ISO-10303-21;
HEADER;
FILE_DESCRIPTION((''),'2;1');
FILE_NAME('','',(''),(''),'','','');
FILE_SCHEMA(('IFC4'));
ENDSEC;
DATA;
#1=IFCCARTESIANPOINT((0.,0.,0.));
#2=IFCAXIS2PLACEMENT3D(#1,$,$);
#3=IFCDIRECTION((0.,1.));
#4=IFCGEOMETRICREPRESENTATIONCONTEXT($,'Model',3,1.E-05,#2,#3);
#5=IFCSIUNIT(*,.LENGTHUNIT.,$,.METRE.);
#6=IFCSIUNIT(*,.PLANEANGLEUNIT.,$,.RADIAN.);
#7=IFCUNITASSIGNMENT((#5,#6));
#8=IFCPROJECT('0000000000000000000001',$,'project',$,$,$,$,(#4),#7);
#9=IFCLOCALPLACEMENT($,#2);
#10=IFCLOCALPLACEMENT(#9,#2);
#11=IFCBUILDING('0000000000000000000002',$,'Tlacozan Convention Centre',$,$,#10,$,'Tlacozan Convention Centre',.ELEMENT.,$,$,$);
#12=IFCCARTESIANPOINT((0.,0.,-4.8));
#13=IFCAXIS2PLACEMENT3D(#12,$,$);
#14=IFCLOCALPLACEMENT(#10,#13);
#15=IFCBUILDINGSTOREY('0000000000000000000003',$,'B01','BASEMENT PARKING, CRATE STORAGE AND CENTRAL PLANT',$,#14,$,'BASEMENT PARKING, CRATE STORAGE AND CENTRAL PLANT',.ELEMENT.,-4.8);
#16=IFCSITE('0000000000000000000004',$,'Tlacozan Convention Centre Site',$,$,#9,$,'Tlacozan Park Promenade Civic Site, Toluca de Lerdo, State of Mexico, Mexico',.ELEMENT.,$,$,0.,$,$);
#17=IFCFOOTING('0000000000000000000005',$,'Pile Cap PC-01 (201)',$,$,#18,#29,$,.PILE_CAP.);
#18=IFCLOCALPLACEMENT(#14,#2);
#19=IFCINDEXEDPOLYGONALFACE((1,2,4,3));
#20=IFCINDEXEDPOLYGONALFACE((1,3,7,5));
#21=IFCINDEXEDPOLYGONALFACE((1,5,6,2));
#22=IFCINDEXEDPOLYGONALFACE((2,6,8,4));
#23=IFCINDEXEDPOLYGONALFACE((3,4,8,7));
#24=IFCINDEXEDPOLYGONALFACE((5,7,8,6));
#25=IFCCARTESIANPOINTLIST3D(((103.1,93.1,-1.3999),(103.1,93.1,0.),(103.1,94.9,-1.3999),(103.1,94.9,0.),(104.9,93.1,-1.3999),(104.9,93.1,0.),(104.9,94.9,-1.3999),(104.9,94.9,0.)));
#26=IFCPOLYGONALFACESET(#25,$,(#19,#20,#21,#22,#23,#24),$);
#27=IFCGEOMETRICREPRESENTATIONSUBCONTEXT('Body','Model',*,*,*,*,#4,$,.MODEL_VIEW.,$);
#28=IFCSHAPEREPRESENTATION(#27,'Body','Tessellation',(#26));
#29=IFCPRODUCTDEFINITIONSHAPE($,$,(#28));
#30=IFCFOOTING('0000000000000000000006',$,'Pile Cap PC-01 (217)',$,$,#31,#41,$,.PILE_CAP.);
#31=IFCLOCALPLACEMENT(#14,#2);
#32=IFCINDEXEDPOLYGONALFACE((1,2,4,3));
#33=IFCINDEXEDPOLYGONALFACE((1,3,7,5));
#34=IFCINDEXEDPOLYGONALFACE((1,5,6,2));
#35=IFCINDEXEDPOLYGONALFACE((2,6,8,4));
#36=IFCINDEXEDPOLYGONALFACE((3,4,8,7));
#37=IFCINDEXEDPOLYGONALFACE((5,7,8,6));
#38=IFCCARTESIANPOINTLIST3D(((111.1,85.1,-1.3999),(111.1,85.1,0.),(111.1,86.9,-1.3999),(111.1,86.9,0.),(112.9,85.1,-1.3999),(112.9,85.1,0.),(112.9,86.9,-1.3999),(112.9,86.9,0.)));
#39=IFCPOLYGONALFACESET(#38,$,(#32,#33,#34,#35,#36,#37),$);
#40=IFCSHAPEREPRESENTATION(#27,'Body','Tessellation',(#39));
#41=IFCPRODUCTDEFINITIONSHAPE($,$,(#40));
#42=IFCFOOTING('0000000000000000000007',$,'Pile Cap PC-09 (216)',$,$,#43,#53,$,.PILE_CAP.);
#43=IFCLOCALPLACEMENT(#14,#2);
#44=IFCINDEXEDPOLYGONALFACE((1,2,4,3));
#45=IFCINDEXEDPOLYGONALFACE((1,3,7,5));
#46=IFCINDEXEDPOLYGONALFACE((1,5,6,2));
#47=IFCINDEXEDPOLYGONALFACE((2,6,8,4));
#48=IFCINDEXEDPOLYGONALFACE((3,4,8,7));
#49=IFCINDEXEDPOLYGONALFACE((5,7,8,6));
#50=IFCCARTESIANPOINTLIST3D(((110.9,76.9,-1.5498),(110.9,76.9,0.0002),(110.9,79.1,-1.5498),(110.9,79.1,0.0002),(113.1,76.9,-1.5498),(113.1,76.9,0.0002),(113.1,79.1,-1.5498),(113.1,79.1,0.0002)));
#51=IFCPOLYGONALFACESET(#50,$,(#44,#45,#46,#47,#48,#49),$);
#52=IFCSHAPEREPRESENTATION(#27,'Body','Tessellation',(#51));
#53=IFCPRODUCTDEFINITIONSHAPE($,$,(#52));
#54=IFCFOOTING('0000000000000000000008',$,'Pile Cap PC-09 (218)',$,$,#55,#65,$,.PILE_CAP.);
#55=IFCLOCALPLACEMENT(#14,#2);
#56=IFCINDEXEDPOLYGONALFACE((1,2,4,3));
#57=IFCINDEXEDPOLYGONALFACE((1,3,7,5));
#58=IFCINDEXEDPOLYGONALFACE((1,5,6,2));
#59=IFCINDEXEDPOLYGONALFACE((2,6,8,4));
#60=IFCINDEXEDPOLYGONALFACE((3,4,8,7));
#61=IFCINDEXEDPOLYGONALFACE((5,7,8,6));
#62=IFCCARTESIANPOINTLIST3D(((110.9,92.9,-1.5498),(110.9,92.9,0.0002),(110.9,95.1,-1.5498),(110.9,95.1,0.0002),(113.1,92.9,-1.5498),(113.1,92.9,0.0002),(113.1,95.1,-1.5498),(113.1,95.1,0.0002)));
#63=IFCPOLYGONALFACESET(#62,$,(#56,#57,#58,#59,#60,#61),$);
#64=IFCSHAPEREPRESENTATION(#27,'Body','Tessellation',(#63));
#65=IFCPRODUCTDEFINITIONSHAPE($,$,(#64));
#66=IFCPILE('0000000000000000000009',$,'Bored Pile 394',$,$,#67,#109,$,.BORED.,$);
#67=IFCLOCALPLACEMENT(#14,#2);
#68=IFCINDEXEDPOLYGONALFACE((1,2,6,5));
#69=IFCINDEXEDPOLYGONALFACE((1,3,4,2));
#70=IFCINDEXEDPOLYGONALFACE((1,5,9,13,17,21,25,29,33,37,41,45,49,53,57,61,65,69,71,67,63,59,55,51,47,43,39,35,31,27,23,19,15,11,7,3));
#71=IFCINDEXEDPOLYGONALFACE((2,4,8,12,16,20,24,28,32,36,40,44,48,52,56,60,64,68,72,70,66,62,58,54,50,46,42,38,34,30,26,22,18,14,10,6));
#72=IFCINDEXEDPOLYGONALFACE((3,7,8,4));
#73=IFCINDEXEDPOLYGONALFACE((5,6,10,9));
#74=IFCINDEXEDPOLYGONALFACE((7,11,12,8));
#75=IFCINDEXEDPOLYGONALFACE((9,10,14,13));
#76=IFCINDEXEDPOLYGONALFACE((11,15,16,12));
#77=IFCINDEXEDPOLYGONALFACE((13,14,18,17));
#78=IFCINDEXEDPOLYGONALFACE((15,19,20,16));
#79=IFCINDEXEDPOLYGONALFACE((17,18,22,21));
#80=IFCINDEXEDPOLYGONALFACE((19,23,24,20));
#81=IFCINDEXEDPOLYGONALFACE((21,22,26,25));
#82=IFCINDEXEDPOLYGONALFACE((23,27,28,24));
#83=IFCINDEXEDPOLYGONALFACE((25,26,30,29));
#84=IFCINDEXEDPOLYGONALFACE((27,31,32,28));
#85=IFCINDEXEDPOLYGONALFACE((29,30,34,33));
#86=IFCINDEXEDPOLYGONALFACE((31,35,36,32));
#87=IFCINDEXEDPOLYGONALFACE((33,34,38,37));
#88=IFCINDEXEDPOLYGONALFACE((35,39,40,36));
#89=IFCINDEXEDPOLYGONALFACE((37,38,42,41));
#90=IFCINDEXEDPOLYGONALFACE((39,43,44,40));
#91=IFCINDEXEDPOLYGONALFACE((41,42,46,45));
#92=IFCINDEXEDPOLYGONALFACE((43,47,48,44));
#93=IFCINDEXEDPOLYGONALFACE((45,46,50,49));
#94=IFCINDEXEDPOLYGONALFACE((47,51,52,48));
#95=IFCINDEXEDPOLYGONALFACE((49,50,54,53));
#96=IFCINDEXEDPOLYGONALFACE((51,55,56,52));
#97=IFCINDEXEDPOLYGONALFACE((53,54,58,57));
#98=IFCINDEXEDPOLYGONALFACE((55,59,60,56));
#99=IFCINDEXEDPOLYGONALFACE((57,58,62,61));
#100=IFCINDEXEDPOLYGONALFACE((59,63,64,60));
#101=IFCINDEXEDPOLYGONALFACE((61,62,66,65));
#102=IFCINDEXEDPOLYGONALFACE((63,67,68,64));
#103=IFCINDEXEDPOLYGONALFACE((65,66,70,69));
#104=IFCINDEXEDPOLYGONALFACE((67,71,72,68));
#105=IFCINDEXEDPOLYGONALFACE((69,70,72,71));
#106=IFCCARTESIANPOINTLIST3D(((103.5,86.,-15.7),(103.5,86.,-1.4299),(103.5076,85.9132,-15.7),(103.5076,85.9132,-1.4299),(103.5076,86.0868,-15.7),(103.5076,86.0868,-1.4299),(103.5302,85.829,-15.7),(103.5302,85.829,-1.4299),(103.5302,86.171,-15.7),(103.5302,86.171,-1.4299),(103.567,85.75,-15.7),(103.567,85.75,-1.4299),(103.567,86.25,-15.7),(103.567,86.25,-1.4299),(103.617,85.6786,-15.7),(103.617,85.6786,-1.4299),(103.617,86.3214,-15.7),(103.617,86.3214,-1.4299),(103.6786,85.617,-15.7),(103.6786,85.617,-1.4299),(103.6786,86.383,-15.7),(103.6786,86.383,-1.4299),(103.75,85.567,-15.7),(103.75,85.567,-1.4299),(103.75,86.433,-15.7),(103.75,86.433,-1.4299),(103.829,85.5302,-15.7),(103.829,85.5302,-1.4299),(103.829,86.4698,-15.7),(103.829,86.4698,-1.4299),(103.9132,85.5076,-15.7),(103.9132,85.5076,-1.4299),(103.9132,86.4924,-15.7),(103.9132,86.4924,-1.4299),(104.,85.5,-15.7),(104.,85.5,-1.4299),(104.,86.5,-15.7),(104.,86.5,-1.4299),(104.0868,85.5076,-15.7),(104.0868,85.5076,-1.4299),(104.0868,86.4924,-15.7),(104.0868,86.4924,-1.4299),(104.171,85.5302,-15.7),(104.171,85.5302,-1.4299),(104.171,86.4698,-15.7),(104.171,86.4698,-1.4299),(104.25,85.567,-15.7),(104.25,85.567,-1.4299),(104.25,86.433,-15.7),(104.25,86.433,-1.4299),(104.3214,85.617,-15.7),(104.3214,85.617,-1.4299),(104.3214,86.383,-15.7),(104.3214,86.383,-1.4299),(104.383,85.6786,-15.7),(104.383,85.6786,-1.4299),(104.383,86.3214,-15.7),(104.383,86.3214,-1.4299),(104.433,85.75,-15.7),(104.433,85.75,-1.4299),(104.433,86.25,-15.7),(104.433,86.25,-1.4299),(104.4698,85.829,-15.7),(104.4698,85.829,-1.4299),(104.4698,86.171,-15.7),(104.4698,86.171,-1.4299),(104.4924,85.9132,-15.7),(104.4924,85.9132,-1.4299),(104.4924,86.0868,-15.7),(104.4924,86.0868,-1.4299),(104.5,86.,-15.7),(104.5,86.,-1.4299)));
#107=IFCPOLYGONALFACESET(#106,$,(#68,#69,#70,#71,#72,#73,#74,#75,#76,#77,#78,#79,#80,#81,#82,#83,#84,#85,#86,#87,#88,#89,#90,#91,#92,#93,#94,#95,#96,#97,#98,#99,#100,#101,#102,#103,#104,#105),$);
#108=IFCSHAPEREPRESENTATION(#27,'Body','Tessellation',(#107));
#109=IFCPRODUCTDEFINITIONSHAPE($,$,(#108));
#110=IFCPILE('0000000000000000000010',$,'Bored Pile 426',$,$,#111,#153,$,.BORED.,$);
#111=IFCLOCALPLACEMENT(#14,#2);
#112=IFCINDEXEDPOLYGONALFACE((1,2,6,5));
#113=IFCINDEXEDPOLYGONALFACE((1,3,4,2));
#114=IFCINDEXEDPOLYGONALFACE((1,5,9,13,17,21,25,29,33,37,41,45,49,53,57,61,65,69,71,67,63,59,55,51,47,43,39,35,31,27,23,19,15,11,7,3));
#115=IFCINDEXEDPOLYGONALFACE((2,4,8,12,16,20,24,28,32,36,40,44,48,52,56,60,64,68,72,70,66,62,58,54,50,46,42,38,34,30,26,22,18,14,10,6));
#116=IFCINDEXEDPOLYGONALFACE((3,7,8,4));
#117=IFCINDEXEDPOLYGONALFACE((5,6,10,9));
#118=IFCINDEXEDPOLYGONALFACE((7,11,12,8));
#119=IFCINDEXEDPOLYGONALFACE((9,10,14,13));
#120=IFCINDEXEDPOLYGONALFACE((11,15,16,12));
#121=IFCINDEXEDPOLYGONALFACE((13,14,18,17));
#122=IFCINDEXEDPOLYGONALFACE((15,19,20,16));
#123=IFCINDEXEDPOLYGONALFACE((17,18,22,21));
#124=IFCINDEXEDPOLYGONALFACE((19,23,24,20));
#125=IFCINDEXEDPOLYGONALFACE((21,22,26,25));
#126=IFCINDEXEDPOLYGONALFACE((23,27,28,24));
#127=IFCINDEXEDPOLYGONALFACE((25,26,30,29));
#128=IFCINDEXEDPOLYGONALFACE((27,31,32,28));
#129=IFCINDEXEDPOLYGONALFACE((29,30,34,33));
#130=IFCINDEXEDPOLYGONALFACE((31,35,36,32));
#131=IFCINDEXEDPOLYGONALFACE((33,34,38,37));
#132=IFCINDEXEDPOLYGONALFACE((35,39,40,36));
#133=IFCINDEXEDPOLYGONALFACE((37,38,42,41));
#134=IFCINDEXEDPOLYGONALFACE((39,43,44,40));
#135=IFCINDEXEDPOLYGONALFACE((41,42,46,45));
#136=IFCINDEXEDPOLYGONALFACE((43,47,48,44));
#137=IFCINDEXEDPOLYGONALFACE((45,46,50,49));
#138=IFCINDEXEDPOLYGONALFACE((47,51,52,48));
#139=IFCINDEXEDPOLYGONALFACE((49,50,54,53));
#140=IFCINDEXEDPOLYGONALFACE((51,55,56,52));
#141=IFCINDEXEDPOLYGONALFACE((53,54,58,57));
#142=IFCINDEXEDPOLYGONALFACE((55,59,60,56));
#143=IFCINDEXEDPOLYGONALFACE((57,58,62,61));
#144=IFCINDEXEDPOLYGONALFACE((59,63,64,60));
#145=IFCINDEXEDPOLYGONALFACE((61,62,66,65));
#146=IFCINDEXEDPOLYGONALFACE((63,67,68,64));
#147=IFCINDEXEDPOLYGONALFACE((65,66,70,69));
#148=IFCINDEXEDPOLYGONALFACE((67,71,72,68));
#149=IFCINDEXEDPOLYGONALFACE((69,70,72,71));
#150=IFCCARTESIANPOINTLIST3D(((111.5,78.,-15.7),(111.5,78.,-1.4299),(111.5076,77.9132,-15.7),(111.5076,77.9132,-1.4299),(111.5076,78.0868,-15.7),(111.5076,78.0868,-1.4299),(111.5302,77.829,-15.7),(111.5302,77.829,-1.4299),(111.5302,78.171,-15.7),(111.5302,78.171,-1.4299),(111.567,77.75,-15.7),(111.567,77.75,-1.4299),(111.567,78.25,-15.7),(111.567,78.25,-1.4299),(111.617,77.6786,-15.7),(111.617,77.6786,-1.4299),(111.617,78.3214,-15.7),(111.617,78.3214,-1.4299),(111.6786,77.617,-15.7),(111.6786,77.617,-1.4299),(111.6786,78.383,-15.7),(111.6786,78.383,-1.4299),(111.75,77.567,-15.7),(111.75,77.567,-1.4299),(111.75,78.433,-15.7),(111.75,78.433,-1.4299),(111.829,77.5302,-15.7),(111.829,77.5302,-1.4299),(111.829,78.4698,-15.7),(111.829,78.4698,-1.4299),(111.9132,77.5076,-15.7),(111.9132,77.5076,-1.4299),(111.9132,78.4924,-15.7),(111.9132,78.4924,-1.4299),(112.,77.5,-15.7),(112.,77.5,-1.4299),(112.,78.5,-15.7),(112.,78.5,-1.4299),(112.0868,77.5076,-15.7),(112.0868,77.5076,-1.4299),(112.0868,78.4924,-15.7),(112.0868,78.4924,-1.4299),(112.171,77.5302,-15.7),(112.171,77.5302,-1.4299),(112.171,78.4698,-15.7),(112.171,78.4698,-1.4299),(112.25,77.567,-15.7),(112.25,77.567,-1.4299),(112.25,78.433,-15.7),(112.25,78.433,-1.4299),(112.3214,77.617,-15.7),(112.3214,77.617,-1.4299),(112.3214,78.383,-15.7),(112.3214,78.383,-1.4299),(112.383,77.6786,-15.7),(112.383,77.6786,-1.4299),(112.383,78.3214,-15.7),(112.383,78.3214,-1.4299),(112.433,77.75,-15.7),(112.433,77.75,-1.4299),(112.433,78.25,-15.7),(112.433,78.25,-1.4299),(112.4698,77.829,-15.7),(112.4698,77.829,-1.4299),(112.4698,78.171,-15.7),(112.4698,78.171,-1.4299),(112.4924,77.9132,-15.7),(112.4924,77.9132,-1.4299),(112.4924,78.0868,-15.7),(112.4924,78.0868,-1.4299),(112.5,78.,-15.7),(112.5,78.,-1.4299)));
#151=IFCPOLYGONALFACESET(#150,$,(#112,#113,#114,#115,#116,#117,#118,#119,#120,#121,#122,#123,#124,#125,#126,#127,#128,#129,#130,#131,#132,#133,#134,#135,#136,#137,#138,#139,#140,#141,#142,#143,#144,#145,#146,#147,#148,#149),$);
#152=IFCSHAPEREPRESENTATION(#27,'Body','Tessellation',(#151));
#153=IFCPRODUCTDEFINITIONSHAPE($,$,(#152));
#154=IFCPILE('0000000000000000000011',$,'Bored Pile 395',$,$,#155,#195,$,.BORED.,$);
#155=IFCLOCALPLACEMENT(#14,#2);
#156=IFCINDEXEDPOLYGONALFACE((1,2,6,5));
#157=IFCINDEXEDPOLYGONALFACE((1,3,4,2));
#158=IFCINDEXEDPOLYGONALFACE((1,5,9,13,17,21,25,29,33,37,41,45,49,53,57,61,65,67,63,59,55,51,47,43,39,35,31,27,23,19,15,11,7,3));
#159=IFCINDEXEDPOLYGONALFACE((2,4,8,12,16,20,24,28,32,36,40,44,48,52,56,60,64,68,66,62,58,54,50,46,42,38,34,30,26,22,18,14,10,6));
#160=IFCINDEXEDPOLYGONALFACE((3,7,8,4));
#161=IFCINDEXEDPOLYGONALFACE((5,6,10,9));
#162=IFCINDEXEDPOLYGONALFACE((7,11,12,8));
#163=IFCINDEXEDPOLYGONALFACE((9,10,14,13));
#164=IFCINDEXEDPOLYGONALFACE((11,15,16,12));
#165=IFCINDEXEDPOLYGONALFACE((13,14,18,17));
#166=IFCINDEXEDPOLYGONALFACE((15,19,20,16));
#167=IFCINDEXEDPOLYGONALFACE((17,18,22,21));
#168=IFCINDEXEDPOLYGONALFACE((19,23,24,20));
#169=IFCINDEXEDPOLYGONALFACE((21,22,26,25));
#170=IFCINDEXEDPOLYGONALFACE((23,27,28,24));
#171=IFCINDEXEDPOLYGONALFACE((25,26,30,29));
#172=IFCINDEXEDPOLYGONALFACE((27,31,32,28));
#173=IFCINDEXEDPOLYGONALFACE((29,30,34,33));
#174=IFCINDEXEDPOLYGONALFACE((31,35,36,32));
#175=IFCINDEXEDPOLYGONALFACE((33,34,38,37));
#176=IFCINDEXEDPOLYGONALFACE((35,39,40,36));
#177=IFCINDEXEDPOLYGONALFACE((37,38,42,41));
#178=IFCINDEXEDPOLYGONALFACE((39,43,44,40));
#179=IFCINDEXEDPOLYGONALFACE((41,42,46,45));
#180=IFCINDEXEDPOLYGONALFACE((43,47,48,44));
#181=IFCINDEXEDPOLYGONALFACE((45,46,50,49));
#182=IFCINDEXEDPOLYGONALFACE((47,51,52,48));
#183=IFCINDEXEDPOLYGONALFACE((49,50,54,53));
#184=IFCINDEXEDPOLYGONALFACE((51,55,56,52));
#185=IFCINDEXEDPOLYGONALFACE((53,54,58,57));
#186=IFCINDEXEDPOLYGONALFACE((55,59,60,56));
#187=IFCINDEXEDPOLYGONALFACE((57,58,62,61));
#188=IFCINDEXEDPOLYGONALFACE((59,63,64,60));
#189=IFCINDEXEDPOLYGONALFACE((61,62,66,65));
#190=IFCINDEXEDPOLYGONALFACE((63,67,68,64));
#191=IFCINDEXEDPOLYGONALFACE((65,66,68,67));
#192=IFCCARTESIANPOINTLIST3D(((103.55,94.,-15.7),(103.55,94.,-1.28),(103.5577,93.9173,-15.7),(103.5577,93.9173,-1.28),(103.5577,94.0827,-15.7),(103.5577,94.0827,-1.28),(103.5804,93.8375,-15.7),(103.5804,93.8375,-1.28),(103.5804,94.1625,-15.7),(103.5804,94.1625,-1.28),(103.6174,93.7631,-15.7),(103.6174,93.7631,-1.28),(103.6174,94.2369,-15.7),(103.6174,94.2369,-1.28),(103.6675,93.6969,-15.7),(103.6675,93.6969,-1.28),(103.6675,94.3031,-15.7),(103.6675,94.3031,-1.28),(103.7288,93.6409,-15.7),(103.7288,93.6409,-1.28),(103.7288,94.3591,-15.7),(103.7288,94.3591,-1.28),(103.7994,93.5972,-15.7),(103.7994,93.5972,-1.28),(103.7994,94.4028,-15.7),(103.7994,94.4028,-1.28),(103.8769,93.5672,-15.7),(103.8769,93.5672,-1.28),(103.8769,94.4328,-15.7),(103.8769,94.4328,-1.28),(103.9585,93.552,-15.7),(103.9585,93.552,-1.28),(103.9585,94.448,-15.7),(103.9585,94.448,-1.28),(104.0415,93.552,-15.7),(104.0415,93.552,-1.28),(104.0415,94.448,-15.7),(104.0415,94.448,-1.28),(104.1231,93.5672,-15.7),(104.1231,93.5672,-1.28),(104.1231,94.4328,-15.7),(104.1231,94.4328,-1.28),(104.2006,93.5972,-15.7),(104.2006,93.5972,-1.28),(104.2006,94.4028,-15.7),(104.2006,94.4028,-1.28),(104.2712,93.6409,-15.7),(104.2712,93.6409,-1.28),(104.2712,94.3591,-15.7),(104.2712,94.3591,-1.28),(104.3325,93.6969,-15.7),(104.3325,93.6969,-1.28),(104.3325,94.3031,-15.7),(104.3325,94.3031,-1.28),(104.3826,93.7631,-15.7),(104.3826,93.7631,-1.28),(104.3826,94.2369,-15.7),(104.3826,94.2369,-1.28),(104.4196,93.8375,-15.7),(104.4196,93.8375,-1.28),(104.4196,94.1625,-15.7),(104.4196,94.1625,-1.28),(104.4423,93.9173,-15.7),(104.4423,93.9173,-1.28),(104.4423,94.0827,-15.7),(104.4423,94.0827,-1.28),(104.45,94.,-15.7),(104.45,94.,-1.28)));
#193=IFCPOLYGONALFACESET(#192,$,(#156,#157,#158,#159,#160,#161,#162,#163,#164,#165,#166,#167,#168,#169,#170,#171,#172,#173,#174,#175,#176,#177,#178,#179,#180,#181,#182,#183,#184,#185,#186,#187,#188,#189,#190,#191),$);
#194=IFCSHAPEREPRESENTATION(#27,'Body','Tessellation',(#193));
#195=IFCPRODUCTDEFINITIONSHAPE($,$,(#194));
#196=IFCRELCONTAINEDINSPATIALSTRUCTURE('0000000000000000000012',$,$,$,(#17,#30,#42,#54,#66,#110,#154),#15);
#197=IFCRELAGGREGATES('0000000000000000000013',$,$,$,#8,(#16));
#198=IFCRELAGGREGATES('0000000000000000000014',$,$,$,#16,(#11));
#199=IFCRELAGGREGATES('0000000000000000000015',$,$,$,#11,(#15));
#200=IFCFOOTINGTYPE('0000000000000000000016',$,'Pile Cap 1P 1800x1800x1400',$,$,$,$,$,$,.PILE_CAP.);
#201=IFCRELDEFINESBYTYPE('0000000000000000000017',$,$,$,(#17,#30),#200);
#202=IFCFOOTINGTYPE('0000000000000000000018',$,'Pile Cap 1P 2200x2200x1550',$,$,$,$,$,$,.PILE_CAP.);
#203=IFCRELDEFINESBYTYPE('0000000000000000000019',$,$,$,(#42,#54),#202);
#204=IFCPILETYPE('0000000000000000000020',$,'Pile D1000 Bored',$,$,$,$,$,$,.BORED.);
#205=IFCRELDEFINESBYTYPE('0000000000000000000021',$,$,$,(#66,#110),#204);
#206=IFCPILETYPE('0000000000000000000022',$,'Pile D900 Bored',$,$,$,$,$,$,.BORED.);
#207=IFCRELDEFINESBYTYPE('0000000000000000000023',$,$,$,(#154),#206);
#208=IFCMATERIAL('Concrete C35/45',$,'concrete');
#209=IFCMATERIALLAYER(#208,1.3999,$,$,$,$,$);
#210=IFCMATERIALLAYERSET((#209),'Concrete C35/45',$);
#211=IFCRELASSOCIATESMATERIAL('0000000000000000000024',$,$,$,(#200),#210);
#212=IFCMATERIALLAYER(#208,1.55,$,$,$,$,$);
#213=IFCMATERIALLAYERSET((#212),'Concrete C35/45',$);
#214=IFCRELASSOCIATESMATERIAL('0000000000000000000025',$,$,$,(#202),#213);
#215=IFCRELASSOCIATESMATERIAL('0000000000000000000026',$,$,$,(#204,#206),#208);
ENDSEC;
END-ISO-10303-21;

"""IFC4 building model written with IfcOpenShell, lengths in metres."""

from ifc_helpers import new_model, si_unit, direction, frame, origin, origin_2d, place, context, subcontext, project, spatial, rectangle, circle, extrude, material, layer, layer_set, material_profile, profile_set, type_object, element, save


model = new_model("IFC4")

# Units and contexts
model_context = context("Model", 3, precision=1e-05, world=origin(), true_north=direction((0.0, 1.0)))
body_context = subcontext(model_context, "Body", "Model", "MODEL_VIEW")
ifc_project = project(units=[si_unit("LENGTHUNIT", "METRE"), si_unit("PLANEANGLEUNIT", "RADIAN")], contexts=[model_context])

# Site, building, storey
site_placement = place(None, origin())
site = spatial("IfcSite", under=ifc_project, at=site_placement, Name="Tlacozan Convention Centre Site", LongName="Tlacozan Park Promenade Civic Site, Toluca de Lerdo, State of Mexico, Mexico", CompositionType="ELEMENT", RefElevation=0.0)
building_placement = place(site_placement, origin())
building = spatial("IfcBuilding", under=site, at=building_placement, Name="Tlacozan Convention Centre", LongName="Tlacozan Convention Centre", CompositionType="ELEMENT")
storey_placement = place(building_placement, frame((0.0, 0.0, -4.8)))
storey = spatial("IfcBuildingStorey", under=building, at=storey_placement, Name="B01", Description="BASEMENT PARKING, CRATE STORAGE AND CENTRAL PLANT", LongName="BASEMENT PARKING, CRATE STORAGE AND CENTRAL PLANT", CompositionType="ELEMENT", Elevation=-4.8)

# Footings
ifc_material_1 = material(Name="Concrete C35/45", Category="concrete")
ifc_layer_1 = layer(ifc_material_1, 1.3999)
ifc_layer_set_1 = layer_set([ifc_layer_1], Name="Concrete C35/45")
footing_type_1 = type_object("IfcFootingType", Name="Pile Cap 1P 1800x1800x1400", PredefinedType="PILE_CAP", material=ifc_layer_set_1)
for number, where, z_axis, x_axis, name in (
    (1, (104.0, 94.0, -1.3999), (0.0, 0.0, 1.0), (1.0, 0.0, 0.0), "Pile Cap PC-01 (201)"),
    (2, (112.0, 86.0, -1.3999), (0.0, 0.0, 1.0), (1.0, 0.0, 0.0), "Pile Cap PC-01 (217)"),
):
    element("IfcFooting", number, at=place(storey_placement, frame(where, z_axis=z_axis, x_axis=x_axis)), inside=storey, type_object=footing_type_1, Name=name, PredefinedType="PILE_CAP", context=body_context, shape_type="SweptSolid", body=[
        extrude(rectangle(XDim=1.8, YDim=1.8, at=origin_2d()), origin(), (0.0, 0.0, 1.0), 1.3999),
    ])
ifc_layer_2 = layer(ifc_material_1, 1.55)
ifc_layer_set_2 = layer_set([ifc_layer_2], Name="Concrete C35/45")
footing_type_2 = type_object("IfcFootingType", Name="Pile Cap 1P 2200x2200x1550", PredefinedType="PILE_CAP", material=ifc_layer_set_2)
for number, where, z_axis, x_axis, name in (
    (3, (112.0, 78.0, -1.5498), (0.0, 0.0, 1.0), (1.0, 0.0, 0.0), "Pile Cap PC-09 (216)"),
    (4, (112.0, 94.0, -1.5498), (0.0, 0.0, 1.0), (1.0, 0.0, 0.0), "Pile Cap PC-09 (218)"),
):
    element("IfcFooting", number, at=place(storey_placement, frame(where, z_axis=z_axis, x_axis=x_axis)), inside=storey, type_object=footing_type_2, Name=name, PredefinedType="PILE_CAP", context=body_context, shape_type="SweptSolid", body=[
        extrude(rectangle(XDim=2.2, YDim=2.2, at=origin_2d()), origin(), (0.0, 0.0, 1.0), 1.55),
    ])

# Piles
ifc_material_profile_1 = material_profile(ifc_material_1, circle(Radius=0.5, at=origin_2d()), Name="PILE D1000")
ifc_profile_set_1 = profile_set([ifc_material_profile_1], Name="Concrete C35/45")
pile_type_1 = type_object("IfcPileType", Name="Pile D1000 Bored", PredefinedType="BORED", material=ifc_profile_set_1)
for number, where, z_axis, x_axis, name in (
    (5, (104.0, 86.0, -1.4299), (0.0, 0.0, -1.0), (1.0, 0.0, 0.0), "Bored Pile 394"),
    (6, (112.0, 78.0, -1.4299), (0.0, 0.0, -1.0), (1.0, 0.0, 0.0), "Bored Pile 426"),
):
    element("IfcPile", number, at=place(storey_placement, frame(where, z_axis=z_axis, x_axis=x_axis)), inside=storey, type_object=pile_type_1, Name=name, PredefinedType="BORED", context=body_context, shape_type="SweptSolid", body=[
        extrude(circle(Radius=0.5, at=origin_2d()), origin(), (0.0, 0.0, 1.0), 14.27),
    ])
ifc_material_profile_2 = material_profile(ifc_material_1, circle(Radius=0.45, at=origin_2d()), Name="PILE D900")
ifc_profile_set_2 = profile_set([ifc_material_profile_2], Name="Concrete C35/45")
pile_type_2 = type_object("IfcPileType", Name="Pile D900 Bored", PredefinedType="BORED", material=ifc_profile_set_2)
for number, where, z_axis, x_axis, name in (
    (7, (104.0, 94.0, -1.28), (0.0, 0.0, -1.0), (1.0, 0.0, 0.0), "Bored Pile 395"),
):
    element("IfcPile", number, at=place(storey_placement, frame(where, z_axis=z_axis, x_axis=x_axis)), inside=storey, type_object=pile_type_2, Name=name, PredefinedType="BORED", context=body_context, shape_type="SweptSolid", body=[
        extrude(circle(Radius=0.45, at=origin_2d()), origin(), (0.0, 0.0, 1.0), 14.4199),
    ])

save(model, "model.ifc")
